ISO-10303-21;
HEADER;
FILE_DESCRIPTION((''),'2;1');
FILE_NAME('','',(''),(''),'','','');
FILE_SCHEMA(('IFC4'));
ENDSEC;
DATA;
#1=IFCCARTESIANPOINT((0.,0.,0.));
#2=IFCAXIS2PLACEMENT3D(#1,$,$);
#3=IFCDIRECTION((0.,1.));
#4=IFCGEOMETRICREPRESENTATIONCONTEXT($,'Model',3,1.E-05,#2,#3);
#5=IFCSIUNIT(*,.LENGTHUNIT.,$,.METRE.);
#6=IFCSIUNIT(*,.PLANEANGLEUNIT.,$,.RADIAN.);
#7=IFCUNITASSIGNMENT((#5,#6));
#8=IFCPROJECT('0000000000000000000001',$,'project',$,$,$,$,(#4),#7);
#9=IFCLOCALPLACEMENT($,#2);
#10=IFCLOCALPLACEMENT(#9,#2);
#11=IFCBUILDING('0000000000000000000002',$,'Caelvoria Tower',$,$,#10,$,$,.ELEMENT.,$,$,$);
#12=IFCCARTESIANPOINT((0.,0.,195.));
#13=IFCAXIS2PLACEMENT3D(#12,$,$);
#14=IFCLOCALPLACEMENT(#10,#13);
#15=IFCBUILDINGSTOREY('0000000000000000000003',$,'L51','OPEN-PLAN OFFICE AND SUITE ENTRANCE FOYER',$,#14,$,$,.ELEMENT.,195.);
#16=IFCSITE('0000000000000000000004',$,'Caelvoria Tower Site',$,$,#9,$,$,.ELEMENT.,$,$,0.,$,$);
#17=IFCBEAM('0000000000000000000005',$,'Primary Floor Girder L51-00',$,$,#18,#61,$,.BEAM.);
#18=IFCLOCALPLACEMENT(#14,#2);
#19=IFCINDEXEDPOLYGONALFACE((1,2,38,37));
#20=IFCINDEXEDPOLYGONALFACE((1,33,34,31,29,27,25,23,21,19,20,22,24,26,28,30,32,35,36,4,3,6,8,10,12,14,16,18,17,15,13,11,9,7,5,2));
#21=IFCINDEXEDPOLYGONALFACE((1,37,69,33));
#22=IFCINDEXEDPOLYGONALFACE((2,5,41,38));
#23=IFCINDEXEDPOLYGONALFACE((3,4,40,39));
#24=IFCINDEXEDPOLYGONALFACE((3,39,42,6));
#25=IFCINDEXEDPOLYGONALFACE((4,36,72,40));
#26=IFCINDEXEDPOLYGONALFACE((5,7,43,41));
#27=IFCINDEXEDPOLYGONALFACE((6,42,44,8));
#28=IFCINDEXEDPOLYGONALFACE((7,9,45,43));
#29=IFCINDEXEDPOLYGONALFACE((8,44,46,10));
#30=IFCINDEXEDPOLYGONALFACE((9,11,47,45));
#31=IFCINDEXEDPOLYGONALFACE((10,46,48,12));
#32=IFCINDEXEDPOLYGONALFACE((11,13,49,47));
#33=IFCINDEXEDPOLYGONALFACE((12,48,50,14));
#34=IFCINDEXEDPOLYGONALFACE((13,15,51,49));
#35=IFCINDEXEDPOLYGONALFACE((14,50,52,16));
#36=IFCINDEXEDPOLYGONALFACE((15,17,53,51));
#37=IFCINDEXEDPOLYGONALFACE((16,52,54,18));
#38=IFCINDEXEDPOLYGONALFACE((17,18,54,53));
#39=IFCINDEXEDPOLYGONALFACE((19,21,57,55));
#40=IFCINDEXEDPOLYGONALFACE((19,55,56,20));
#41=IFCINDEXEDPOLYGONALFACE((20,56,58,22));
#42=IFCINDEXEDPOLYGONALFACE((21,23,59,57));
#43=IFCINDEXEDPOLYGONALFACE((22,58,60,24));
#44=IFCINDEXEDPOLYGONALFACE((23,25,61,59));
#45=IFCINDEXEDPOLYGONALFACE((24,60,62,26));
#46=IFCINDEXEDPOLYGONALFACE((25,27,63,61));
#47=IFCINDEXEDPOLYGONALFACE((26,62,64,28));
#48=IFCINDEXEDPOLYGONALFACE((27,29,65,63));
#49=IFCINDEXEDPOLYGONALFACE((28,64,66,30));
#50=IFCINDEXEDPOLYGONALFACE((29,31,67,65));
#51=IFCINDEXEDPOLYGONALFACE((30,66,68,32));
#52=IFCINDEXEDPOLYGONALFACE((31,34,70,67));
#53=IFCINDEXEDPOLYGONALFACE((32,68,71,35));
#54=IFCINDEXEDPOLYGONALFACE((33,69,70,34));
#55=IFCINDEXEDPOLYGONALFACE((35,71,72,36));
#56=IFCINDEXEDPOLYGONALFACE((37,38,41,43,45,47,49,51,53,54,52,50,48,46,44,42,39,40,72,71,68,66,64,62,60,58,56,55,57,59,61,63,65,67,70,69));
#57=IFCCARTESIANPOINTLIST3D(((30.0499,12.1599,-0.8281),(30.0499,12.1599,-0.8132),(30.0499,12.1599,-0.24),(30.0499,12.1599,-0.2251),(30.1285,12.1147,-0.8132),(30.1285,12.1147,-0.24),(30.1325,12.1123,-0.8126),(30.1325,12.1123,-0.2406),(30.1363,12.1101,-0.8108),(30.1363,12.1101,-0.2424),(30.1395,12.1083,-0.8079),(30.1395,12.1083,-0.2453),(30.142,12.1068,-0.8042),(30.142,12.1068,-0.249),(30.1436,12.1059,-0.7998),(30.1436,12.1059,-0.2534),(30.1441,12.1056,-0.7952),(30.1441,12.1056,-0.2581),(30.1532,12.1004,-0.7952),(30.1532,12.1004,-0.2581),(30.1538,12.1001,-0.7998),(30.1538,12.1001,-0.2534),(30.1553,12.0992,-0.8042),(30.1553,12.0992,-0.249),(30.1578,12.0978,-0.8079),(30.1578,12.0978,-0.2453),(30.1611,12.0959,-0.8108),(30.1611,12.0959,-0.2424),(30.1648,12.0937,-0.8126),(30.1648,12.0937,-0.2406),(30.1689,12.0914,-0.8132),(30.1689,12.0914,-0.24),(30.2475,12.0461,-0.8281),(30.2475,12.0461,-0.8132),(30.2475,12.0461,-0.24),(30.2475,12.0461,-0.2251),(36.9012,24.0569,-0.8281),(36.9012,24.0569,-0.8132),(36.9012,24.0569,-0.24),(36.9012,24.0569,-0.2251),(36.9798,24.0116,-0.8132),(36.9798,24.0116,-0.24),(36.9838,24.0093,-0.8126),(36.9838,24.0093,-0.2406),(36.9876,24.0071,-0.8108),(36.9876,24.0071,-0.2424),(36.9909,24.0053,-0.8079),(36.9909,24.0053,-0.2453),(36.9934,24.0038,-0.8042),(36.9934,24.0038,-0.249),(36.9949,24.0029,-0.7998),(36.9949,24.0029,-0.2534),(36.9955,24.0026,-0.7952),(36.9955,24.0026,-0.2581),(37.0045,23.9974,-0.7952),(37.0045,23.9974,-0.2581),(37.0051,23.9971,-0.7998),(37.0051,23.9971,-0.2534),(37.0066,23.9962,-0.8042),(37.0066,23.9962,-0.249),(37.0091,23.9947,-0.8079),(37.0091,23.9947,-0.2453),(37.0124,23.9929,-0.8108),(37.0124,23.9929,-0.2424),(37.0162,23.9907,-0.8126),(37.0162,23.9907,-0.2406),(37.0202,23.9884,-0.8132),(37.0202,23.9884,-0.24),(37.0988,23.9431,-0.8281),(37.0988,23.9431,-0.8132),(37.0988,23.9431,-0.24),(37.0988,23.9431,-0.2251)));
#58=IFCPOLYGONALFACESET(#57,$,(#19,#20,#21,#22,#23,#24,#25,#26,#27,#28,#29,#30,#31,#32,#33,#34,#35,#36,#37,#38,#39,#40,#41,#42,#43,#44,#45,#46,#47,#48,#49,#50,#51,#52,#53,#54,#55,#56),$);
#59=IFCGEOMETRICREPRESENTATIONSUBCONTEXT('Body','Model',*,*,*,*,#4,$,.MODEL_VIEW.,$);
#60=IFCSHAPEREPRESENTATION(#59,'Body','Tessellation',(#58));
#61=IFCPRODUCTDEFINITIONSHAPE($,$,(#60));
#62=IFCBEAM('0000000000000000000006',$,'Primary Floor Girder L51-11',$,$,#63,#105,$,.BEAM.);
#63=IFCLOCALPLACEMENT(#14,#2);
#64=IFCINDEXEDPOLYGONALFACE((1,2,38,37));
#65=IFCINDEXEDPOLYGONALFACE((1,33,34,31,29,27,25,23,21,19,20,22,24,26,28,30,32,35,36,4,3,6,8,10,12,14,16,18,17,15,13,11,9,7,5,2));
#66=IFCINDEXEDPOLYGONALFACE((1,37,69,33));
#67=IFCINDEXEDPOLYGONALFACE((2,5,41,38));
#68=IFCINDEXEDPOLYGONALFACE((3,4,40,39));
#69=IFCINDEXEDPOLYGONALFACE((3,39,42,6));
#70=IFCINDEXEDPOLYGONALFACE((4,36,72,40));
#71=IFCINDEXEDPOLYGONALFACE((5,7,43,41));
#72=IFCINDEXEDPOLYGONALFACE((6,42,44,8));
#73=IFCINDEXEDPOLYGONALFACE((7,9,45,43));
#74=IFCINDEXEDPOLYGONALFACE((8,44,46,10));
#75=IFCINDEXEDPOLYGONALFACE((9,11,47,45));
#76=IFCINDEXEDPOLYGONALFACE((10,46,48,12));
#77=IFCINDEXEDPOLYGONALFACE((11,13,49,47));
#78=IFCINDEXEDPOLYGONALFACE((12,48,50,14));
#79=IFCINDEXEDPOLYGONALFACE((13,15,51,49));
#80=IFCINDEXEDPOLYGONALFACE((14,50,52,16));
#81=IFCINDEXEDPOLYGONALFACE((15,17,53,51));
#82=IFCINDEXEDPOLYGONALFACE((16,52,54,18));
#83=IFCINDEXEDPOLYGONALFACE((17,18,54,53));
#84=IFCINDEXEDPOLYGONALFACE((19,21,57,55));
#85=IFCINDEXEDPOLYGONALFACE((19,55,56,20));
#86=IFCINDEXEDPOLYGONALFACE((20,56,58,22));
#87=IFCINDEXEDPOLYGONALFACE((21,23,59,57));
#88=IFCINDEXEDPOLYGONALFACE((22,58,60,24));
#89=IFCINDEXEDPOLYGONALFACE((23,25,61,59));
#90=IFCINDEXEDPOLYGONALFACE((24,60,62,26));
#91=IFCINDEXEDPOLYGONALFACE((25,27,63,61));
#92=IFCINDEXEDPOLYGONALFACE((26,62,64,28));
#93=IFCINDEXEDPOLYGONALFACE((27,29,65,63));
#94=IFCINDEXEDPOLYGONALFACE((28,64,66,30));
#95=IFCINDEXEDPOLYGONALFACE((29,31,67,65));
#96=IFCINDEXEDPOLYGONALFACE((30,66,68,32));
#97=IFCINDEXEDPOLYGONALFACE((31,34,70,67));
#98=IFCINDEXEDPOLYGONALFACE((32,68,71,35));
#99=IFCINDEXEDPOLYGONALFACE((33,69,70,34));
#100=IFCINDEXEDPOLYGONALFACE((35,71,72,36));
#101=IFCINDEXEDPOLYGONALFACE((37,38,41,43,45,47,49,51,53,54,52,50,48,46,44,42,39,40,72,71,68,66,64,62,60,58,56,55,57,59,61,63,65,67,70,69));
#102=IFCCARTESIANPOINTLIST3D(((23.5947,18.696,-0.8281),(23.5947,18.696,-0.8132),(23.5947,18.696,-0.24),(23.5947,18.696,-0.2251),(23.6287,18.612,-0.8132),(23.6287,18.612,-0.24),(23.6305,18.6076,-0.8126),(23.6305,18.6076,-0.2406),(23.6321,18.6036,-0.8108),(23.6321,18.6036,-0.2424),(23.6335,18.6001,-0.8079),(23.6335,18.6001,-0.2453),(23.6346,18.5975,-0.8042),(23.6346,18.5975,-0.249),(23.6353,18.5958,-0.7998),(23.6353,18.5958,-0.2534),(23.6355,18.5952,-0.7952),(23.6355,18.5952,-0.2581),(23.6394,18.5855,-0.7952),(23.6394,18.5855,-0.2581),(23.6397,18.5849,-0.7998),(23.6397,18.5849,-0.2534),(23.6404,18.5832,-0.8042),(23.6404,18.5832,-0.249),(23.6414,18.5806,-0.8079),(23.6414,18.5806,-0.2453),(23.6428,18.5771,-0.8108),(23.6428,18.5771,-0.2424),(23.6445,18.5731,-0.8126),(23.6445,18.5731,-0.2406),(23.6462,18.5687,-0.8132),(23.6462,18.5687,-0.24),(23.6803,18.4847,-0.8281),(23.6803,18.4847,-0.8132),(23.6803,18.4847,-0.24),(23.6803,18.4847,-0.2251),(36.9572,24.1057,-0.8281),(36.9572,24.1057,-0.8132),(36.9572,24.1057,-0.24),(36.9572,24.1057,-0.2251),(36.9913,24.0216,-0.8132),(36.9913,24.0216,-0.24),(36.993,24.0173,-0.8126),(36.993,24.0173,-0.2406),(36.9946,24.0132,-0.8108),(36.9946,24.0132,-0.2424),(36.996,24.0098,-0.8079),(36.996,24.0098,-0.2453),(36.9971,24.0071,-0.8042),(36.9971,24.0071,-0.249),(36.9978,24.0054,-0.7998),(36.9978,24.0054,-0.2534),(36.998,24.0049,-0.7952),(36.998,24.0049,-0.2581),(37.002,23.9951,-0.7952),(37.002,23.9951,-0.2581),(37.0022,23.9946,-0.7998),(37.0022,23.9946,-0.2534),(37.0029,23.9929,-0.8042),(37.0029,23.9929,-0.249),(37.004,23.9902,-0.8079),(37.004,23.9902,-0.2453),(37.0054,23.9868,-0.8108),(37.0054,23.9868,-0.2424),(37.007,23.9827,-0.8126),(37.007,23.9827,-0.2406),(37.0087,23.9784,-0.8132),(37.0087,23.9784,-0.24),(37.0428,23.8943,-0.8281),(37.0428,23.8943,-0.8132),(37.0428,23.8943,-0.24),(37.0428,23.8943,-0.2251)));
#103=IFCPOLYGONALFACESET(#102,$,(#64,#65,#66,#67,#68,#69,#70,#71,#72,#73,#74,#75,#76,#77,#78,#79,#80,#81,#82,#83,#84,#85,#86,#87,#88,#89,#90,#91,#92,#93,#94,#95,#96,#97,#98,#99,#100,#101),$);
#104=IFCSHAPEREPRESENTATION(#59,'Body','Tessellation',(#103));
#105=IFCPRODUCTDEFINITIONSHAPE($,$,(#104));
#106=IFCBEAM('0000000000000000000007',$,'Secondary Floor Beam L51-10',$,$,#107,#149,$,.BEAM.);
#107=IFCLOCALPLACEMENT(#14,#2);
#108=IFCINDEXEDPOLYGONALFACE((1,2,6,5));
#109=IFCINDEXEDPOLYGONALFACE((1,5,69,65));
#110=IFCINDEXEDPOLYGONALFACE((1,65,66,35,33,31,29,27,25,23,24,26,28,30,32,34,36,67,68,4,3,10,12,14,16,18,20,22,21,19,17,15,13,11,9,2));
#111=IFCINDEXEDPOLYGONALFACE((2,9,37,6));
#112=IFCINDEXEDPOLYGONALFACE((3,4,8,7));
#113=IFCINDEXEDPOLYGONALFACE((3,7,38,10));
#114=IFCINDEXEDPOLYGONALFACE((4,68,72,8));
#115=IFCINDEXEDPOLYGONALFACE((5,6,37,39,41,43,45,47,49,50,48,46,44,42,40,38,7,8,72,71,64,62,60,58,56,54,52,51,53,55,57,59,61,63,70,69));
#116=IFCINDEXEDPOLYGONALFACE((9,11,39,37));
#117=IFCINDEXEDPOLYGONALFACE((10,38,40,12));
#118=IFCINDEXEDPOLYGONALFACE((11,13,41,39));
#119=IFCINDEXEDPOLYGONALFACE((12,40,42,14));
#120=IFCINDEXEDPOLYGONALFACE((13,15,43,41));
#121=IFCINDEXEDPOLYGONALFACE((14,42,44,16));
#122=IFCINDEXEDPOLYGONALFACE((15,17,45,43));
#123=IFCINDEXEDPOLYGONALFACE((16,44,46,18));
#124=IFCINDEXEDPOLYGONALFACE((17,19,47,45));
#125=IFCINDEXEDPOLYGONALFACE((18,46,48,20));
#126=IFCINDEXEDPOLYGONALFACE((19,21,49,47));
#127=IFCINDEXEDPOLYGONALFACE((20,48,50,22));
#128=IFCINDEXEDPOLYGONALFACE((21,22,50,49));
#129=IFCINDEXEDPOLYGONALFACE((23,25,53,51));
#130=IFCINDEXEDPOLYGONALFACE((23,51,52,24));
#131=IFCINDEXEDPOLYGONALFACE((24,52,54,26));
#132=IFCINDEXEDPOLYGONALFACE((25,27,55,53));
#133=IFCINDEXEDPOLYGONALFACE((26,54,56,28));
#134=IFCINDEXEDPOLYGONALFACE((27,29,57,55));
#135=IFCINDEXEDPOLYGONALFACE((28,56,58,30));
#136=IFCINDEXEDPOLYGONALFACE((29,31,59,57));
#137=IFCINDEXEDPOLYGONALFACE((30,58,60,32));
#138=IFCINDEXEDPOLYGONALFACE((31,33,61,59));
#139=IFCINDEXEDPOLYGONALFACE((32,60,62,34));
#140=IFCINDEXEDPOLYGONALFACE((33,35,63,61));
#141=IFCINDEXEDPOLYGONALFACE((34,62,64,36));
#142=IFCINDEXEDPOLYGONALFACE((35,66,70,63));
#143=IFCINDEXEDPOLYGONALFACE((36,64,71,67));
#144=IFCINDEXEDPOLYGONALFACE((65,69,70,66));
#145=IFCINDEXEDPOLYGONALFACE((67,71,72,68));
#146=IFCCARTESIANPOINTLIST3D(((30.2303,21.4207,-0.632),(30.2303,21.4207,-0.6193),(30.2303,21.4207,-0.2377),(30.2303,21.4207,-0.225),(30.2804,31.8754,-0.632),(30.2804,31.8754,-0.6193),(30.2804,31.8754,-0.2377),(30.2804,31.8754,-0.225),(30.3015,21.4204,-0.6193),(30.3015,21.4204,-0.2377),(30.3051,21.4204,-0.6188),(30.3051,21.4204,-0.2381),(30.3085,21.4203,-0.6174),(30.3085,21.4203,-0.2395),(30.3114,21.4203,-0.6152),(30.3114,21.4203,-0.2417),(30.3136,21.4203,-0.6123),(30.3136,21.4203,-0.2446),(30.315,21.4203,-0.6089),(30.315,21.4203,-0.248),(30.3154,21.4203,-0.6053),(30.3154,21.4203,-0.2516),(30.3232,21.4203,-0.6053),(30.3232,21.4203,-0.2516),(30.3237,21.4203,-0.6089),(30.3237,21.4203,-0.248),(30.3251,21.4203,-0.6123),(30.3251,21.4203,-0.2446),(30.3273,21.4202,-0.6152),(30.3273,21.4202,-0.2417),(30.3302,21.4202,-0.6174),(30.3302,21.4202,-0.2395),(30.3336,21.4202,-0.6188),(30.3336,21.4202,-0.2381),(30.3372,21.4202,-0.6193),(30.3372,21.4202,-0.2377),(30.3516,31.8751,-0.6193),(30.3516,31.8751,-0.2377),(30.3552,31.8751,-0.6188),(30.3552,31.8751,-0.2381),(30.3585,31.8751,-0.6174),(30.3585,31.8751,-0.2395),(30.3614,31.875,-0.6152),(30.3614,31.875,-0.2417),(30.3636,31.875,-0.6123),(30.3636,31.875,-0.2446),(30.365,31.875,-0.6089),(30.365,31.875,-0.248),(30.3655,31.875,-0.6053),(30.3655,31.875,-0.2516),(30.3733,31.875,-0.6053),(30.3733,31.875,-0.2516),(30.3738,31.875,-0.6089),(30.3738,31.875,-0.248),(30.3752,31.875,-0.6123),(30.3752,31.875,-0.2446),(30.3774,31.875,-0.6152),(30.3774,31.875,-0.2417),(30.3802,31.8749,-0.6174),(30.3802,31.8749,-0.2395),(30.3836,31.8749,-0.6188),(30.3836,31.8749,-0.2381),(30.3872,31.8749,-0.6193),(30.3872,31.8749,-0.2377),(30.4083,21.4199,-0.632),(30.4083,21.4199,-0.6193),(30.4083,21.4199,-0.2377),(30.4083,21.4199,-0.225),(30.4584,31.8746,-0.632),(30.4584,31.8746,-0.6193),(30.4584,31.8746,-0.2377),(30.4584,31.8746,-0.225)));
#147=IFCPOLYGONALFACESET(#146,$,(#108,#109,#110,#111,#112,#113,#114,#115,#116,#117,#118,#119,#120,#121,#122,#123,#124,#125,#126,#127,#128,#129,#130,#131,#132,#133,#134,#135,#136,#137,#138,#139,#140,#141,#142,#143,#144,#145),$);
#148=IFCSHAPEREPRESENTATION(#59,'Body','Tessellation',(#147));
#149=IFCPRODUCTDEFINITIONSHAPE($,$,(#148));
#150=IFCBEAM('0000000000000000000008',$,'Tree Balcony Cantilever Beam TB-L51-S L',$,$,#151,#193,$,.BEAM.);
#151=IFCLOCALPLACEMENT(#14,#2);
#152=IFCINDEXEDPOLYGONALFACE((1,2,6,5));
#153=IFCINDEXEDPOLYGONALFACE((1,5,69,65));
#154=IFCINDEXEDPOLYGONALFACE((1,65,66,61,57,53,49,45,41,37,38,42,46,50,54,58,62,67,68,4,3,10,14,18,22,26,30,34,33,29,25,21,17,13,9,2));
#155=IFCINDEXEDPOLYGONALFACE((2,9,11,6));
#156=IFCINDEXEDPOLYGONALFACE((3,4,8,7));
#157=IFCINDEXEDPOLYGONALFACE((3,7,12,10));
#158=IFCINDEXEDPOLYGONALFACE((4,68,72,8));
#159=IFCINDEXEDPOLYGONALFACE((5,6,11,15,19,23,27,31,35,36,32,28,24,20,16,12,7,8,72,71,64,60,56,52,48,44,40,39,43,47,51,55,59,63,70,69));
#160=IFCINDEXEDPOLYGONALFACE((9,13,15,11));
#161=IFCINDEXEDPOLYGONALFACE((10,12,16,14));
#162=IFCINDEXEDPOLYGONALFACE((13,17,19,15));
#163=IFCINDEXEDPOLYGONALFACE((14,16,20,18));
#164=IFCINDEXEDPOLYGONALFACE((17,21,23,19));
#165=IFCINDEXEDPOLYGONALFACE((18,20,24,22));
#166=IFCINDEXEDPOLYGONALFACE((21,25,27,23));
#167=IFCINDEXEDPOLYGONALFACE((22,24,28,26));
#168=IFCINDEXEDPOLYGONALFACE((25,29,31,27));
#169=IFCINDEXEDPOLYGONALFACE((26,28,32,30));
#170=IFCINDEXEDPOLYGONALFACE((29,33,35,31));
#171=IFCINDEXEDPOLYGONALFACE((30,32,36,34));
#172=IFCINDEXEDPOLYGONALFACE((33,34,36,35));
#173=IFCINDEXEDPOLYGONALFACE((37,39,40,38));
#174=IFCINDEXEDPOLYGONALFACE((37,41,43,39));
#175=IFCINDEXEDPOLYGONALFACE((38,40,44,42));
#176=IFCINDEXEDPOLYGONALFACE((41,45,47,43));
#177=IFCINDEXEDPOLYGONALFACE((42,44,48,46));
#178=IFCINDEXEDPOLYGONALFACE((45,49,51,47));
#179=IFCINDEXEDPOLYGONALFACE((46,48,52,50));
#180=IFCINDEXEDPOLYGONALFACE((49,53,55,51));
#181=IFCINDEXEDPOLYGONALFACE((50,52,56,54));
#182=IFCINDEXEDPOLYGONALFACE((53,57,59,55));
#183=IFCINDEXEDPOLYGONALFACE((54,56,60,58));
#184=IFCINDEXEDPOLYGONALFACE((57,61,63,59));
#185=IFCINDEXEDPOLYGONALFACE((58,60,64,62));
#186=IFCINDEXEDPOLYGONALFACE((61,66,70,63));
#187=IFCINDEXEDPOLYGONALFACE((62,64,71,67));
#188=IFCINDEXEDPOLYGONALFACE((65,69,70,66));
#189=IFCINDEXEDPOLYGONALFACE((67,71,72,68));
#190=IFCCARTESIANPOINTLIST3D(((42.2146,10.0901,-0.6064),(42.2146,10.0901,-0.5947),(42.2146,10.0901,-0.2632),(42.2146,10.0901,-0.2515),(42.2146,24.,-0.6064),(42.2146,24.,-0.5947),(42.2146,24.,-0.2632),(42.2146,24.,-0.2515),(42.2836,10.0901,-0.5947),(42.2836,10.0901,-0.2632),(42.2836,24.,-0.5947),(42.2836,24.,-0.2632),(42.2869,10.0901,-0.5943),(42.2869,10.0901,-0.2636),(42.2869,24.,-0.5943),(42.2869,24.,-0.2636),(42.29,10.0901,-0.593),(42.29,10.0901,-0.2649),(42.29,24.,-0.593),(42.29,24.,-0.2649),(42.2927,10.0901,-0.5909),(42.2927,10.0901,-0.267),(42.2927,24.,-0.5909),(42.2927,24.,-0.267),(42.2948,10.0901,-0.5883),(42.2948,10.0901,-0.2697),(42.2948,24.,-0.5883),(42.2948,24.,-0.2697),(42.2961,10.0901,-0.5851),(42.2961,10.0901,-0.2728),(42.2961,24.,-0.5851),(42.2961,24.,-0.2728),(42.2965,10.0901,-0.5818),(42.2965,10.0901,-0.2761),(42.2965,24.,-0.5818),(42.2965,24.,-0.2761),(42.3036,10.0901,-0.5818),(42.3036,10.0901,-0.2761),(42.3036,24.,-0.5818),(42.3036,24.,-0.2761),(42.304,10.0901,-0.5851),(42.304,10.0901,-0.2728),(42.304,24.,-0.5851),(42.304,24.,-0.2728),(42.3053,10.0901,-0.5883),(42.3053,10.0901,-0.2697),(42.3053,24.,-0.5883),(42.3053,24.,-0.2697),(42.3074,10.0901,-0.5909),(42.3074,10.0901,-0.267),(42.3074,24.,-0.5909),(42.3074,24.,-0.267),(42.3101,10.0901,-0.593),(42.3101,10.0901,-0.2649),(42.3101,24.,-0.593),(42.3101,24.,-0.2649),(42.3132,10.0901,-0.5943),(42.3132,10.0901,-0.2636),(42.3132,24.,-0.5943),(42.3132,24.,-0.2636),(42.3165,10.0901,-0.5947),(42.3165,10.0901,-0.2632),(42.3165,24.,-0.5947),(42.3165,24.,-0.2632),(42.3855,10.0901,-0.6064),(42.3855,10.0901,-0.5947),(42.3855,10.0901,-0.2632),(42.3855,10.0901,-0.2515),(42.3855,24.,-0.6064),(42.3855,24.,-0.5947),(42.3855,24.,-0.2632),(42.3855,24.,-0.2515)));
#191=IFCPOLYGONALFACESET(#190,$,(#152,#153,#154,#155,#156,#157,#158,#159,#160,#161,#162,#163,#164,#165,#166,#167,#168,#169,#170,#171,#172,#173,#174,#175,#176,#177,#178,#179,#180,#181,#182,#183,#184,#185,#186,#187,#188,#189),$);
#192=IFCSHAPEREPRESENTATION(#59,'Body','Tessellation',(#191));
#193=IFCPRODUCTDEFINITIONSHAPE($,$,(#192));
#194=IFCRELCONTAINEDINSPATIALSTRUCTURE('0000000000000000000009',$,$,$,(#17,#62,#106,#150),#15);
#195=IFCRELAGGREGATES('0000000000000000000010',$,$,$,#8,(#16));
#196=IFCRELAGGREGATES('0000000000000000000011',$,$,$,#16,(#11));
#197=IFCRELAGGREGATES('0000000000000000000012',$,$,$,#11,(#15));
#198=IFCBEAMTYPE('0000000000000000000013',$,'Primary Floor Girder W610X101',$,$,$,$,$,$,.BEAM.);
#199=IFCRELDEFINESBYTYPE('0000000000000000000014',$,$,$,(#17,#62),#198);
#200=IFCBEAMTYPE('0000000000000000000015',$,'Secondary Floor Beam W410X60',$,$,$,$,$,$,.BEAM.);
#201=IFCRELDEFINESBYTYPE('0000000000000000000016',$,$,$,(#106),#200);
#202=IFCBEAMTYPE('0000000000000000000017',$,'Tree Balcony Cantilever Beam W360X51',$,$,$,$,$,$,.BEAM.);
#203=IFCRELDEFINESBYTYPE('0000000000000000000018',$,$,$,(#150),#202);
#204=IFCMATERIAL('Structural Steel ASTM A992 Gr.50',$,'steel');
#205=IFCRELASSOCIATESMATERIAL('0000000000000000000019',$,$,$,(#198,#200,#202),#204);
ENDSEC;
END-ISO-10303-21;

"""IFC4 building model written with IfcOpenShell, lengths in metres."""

from ifc_helpers import new_model, si_unit, direction, frame, origin, origin_2d, place, context, subcontext, project, spatial, i_section, extrude, material, material_profile, profile_set, type_object, element, save


model = new_model("IFC4")

# Units and contexts
model_context = context("Model", 3, precision=1e-05, world=origin(), true_north=direction((0.0, 1.0)))
body_context = subcontext(model_context, "Body", "Model", "MODEL_VIEW")
ifc_project = project(units=[si_unit("LENGTHUNIT", "METRE"), si_unit("PLANEANGLEUNIT", "RADIAN")], contexts=[model_context])

# Site, building, storey
site_placement = place(None, origin())
site = spatial("IfcSite", under=ifc_project, at=site_placement, Name="Caelvoria Tower Site", CompositionType="ELEMENT", RefElevation=0.0)
building_placement = place(site_placement, origin())
building = spatial("IfcBuilding", under=site, at=building_placement, Name="Caelvoria Tower", CompositionType="ELEMENT")
storey_placement = place(building_placement, frame((0.0, 0.0, 195.0)))
storey = spatial("IfcBuildingStorey", under=building, at=storey_placement, Name="L51", Description="OPEN-PLAN OFFICE AND SUITE ENTRANCE FOYER", CompositionType="ELEMENT", Elevation=195.0)

# Beams
ifc_material_1 = material(Name="Structural Steel ASTM A992 Gr.50", Category="steel")
ifc_material_profile_1 = material_profile(ifc_material_1, i_section(OverallWidth=0.228, OverallDepth=0.603, WebThickness=0.0105, FlangeThickness=0.0149, FilletRadius=0.0181, at=origin_2d()), Name="Structural Steel ASTM A992 Gr.50")
ifc_profile_set_1 = profile_set([ifc_material_profile_1], Name="W610X101 - Structural Steel ASTM A992 Gr.50")
beam_type_1 = type_object("IfcBeamType", Name="Primary Floor Girder W610X101", PredefinedType="BEAM", material=ifc_profile_set_1)
beam_1_placement = place(storey_placement, frame((37.0, 24.0, -0.5266), z_axis=(-0.499049, -0.866574, 0.0), x_axis=(0.866574, -0.499049, 0.0)))
element("IfcBeam", 1, at=beam_1_placement, inside=storey, type_object=beam_type_1, Name="Primary Floor Girder L51-00", PredefinedType="BEAM", context=body_context, shape_type="SweptSolid", body=[
    extrude(i_section(OverallWidth=0.228, OverallDepth=0.603, WebThickness=0.0105, FlangeThickness=0.0149, FilletRadius=0.0181, at=origin_2d()), origin(), (0.0, 0.0, 1.0), 13.7288),
])
beam_2_placement = place(storey_placement, frame((37.0, 24.0, -0.5266), z_axis=(-0.926922, -0.375253, 0.0), x_axis=(0.375253, -0.926922, 0.0)))
element("IfcBeam", 2, at=beam_2_placement, inside=storey, type_object=beam_type_1, Name="Primary Floor Girder L51-11", PredefinedType="BEAM", context=body_context, shape_type="SweptSolid", body=[
    extrude(i_section(OverallWidth=0.228, OverallDepth=0.603, WebThickness=0.0105, FlangeThickness=0.0149, FilletRadius=0.0181, at=origin_2d()), origin(), (0.0, 0.0, 1.0), 14.416),
])
ifc_material_profile_2 = material_profile(ifc_material_1, i_section(OverallWidth=0.178, OverallDepth=0.407, WebThickness=0.0078, FlangeThickness=0.0127, FilletRadius=0.0139, at=origin_2d()), Name="Structural Steel ASTM A992 Gr.50")
ifc_profile_set_2 = profile_set([ifc_material_profile_2], Name="W410X60 - Structural Steel ASTM A992 Gr.50")
beam_type_2 = type_object("IfcBeamType", Name="Secondary Floor Beam W410X60", PredefinedType="BEAM", material=ifc_profile_set_2)
beam_3_placement = place(storey_placement, frame((30.3694, 31.875, -0.4285), z_axis=(-0.004787, -0.999989, 0.0), x_axis=(0.999989, -0.004787, 0.0)))
element("IfcBeam", 3, at=beam_3_placement, inside=storey, type_object=beam_type_2, Name="Secondary Floor Beam L51-10", PredefinedType="BEAM", context=body_context, shape_type="SweptSolid", body=[
    extrude(i_section(OverallWidth=0.178, OverallDepth=0.407, WebThickness=0.0078, FlangeThickness=0.0127, FilletRadius=0.0139, at=origin_2d()), origin(), (0.0, 0.0, 1.0), 10.4548),
])
ifc_material_profile_3 = material_profile(ifc_material_1, i_section(OverallWidth=0.1709, OverallDepth=0.355, WebThickness=0.0071, FlangeThickness=0.0117, FilletRadius=0.0129, at=origin_2d()), Name="Structural Steel ASTM A992 Gr.50")
ifc_profile_set_3 = profile_set([ifc_material_profile_3], Name="W360X51 - Structural Steel ASTM A992 Gr.50")
beam_type_3 = type_object("IfcBeamType", Name="Tree Balcony Cantilever Beam W360X51", PredefinedType="BEAM", material=ifc_profile_set_3)
beam_4_placement = place(storey_placement, frame((42.3, 24.0, -0.429), z_axis=(0.0, -1.0, 0.0), x_axis=(1.0, 0.0, 0.0)))
element("IfcBeam", 4, at=beam_4_placement, inside=storey, type_object=beam_type_3, Name="Tree Balcony Cantilever Beam TB-L51-S L", PredefinedType="BEAM", context=body_context, shape_type="SweptSolid", body=[
    extrude(i_section(OverallWidth=0.1709, OverallDepth=0.355, WebThickness=0.0071, FlangeThickness=0.0117, FilletRadius=0.0129, at=origin_2d()), origin(), (0.0, 0.0, 1.0), 13.9099),
])

save(model, "model.ifc")
